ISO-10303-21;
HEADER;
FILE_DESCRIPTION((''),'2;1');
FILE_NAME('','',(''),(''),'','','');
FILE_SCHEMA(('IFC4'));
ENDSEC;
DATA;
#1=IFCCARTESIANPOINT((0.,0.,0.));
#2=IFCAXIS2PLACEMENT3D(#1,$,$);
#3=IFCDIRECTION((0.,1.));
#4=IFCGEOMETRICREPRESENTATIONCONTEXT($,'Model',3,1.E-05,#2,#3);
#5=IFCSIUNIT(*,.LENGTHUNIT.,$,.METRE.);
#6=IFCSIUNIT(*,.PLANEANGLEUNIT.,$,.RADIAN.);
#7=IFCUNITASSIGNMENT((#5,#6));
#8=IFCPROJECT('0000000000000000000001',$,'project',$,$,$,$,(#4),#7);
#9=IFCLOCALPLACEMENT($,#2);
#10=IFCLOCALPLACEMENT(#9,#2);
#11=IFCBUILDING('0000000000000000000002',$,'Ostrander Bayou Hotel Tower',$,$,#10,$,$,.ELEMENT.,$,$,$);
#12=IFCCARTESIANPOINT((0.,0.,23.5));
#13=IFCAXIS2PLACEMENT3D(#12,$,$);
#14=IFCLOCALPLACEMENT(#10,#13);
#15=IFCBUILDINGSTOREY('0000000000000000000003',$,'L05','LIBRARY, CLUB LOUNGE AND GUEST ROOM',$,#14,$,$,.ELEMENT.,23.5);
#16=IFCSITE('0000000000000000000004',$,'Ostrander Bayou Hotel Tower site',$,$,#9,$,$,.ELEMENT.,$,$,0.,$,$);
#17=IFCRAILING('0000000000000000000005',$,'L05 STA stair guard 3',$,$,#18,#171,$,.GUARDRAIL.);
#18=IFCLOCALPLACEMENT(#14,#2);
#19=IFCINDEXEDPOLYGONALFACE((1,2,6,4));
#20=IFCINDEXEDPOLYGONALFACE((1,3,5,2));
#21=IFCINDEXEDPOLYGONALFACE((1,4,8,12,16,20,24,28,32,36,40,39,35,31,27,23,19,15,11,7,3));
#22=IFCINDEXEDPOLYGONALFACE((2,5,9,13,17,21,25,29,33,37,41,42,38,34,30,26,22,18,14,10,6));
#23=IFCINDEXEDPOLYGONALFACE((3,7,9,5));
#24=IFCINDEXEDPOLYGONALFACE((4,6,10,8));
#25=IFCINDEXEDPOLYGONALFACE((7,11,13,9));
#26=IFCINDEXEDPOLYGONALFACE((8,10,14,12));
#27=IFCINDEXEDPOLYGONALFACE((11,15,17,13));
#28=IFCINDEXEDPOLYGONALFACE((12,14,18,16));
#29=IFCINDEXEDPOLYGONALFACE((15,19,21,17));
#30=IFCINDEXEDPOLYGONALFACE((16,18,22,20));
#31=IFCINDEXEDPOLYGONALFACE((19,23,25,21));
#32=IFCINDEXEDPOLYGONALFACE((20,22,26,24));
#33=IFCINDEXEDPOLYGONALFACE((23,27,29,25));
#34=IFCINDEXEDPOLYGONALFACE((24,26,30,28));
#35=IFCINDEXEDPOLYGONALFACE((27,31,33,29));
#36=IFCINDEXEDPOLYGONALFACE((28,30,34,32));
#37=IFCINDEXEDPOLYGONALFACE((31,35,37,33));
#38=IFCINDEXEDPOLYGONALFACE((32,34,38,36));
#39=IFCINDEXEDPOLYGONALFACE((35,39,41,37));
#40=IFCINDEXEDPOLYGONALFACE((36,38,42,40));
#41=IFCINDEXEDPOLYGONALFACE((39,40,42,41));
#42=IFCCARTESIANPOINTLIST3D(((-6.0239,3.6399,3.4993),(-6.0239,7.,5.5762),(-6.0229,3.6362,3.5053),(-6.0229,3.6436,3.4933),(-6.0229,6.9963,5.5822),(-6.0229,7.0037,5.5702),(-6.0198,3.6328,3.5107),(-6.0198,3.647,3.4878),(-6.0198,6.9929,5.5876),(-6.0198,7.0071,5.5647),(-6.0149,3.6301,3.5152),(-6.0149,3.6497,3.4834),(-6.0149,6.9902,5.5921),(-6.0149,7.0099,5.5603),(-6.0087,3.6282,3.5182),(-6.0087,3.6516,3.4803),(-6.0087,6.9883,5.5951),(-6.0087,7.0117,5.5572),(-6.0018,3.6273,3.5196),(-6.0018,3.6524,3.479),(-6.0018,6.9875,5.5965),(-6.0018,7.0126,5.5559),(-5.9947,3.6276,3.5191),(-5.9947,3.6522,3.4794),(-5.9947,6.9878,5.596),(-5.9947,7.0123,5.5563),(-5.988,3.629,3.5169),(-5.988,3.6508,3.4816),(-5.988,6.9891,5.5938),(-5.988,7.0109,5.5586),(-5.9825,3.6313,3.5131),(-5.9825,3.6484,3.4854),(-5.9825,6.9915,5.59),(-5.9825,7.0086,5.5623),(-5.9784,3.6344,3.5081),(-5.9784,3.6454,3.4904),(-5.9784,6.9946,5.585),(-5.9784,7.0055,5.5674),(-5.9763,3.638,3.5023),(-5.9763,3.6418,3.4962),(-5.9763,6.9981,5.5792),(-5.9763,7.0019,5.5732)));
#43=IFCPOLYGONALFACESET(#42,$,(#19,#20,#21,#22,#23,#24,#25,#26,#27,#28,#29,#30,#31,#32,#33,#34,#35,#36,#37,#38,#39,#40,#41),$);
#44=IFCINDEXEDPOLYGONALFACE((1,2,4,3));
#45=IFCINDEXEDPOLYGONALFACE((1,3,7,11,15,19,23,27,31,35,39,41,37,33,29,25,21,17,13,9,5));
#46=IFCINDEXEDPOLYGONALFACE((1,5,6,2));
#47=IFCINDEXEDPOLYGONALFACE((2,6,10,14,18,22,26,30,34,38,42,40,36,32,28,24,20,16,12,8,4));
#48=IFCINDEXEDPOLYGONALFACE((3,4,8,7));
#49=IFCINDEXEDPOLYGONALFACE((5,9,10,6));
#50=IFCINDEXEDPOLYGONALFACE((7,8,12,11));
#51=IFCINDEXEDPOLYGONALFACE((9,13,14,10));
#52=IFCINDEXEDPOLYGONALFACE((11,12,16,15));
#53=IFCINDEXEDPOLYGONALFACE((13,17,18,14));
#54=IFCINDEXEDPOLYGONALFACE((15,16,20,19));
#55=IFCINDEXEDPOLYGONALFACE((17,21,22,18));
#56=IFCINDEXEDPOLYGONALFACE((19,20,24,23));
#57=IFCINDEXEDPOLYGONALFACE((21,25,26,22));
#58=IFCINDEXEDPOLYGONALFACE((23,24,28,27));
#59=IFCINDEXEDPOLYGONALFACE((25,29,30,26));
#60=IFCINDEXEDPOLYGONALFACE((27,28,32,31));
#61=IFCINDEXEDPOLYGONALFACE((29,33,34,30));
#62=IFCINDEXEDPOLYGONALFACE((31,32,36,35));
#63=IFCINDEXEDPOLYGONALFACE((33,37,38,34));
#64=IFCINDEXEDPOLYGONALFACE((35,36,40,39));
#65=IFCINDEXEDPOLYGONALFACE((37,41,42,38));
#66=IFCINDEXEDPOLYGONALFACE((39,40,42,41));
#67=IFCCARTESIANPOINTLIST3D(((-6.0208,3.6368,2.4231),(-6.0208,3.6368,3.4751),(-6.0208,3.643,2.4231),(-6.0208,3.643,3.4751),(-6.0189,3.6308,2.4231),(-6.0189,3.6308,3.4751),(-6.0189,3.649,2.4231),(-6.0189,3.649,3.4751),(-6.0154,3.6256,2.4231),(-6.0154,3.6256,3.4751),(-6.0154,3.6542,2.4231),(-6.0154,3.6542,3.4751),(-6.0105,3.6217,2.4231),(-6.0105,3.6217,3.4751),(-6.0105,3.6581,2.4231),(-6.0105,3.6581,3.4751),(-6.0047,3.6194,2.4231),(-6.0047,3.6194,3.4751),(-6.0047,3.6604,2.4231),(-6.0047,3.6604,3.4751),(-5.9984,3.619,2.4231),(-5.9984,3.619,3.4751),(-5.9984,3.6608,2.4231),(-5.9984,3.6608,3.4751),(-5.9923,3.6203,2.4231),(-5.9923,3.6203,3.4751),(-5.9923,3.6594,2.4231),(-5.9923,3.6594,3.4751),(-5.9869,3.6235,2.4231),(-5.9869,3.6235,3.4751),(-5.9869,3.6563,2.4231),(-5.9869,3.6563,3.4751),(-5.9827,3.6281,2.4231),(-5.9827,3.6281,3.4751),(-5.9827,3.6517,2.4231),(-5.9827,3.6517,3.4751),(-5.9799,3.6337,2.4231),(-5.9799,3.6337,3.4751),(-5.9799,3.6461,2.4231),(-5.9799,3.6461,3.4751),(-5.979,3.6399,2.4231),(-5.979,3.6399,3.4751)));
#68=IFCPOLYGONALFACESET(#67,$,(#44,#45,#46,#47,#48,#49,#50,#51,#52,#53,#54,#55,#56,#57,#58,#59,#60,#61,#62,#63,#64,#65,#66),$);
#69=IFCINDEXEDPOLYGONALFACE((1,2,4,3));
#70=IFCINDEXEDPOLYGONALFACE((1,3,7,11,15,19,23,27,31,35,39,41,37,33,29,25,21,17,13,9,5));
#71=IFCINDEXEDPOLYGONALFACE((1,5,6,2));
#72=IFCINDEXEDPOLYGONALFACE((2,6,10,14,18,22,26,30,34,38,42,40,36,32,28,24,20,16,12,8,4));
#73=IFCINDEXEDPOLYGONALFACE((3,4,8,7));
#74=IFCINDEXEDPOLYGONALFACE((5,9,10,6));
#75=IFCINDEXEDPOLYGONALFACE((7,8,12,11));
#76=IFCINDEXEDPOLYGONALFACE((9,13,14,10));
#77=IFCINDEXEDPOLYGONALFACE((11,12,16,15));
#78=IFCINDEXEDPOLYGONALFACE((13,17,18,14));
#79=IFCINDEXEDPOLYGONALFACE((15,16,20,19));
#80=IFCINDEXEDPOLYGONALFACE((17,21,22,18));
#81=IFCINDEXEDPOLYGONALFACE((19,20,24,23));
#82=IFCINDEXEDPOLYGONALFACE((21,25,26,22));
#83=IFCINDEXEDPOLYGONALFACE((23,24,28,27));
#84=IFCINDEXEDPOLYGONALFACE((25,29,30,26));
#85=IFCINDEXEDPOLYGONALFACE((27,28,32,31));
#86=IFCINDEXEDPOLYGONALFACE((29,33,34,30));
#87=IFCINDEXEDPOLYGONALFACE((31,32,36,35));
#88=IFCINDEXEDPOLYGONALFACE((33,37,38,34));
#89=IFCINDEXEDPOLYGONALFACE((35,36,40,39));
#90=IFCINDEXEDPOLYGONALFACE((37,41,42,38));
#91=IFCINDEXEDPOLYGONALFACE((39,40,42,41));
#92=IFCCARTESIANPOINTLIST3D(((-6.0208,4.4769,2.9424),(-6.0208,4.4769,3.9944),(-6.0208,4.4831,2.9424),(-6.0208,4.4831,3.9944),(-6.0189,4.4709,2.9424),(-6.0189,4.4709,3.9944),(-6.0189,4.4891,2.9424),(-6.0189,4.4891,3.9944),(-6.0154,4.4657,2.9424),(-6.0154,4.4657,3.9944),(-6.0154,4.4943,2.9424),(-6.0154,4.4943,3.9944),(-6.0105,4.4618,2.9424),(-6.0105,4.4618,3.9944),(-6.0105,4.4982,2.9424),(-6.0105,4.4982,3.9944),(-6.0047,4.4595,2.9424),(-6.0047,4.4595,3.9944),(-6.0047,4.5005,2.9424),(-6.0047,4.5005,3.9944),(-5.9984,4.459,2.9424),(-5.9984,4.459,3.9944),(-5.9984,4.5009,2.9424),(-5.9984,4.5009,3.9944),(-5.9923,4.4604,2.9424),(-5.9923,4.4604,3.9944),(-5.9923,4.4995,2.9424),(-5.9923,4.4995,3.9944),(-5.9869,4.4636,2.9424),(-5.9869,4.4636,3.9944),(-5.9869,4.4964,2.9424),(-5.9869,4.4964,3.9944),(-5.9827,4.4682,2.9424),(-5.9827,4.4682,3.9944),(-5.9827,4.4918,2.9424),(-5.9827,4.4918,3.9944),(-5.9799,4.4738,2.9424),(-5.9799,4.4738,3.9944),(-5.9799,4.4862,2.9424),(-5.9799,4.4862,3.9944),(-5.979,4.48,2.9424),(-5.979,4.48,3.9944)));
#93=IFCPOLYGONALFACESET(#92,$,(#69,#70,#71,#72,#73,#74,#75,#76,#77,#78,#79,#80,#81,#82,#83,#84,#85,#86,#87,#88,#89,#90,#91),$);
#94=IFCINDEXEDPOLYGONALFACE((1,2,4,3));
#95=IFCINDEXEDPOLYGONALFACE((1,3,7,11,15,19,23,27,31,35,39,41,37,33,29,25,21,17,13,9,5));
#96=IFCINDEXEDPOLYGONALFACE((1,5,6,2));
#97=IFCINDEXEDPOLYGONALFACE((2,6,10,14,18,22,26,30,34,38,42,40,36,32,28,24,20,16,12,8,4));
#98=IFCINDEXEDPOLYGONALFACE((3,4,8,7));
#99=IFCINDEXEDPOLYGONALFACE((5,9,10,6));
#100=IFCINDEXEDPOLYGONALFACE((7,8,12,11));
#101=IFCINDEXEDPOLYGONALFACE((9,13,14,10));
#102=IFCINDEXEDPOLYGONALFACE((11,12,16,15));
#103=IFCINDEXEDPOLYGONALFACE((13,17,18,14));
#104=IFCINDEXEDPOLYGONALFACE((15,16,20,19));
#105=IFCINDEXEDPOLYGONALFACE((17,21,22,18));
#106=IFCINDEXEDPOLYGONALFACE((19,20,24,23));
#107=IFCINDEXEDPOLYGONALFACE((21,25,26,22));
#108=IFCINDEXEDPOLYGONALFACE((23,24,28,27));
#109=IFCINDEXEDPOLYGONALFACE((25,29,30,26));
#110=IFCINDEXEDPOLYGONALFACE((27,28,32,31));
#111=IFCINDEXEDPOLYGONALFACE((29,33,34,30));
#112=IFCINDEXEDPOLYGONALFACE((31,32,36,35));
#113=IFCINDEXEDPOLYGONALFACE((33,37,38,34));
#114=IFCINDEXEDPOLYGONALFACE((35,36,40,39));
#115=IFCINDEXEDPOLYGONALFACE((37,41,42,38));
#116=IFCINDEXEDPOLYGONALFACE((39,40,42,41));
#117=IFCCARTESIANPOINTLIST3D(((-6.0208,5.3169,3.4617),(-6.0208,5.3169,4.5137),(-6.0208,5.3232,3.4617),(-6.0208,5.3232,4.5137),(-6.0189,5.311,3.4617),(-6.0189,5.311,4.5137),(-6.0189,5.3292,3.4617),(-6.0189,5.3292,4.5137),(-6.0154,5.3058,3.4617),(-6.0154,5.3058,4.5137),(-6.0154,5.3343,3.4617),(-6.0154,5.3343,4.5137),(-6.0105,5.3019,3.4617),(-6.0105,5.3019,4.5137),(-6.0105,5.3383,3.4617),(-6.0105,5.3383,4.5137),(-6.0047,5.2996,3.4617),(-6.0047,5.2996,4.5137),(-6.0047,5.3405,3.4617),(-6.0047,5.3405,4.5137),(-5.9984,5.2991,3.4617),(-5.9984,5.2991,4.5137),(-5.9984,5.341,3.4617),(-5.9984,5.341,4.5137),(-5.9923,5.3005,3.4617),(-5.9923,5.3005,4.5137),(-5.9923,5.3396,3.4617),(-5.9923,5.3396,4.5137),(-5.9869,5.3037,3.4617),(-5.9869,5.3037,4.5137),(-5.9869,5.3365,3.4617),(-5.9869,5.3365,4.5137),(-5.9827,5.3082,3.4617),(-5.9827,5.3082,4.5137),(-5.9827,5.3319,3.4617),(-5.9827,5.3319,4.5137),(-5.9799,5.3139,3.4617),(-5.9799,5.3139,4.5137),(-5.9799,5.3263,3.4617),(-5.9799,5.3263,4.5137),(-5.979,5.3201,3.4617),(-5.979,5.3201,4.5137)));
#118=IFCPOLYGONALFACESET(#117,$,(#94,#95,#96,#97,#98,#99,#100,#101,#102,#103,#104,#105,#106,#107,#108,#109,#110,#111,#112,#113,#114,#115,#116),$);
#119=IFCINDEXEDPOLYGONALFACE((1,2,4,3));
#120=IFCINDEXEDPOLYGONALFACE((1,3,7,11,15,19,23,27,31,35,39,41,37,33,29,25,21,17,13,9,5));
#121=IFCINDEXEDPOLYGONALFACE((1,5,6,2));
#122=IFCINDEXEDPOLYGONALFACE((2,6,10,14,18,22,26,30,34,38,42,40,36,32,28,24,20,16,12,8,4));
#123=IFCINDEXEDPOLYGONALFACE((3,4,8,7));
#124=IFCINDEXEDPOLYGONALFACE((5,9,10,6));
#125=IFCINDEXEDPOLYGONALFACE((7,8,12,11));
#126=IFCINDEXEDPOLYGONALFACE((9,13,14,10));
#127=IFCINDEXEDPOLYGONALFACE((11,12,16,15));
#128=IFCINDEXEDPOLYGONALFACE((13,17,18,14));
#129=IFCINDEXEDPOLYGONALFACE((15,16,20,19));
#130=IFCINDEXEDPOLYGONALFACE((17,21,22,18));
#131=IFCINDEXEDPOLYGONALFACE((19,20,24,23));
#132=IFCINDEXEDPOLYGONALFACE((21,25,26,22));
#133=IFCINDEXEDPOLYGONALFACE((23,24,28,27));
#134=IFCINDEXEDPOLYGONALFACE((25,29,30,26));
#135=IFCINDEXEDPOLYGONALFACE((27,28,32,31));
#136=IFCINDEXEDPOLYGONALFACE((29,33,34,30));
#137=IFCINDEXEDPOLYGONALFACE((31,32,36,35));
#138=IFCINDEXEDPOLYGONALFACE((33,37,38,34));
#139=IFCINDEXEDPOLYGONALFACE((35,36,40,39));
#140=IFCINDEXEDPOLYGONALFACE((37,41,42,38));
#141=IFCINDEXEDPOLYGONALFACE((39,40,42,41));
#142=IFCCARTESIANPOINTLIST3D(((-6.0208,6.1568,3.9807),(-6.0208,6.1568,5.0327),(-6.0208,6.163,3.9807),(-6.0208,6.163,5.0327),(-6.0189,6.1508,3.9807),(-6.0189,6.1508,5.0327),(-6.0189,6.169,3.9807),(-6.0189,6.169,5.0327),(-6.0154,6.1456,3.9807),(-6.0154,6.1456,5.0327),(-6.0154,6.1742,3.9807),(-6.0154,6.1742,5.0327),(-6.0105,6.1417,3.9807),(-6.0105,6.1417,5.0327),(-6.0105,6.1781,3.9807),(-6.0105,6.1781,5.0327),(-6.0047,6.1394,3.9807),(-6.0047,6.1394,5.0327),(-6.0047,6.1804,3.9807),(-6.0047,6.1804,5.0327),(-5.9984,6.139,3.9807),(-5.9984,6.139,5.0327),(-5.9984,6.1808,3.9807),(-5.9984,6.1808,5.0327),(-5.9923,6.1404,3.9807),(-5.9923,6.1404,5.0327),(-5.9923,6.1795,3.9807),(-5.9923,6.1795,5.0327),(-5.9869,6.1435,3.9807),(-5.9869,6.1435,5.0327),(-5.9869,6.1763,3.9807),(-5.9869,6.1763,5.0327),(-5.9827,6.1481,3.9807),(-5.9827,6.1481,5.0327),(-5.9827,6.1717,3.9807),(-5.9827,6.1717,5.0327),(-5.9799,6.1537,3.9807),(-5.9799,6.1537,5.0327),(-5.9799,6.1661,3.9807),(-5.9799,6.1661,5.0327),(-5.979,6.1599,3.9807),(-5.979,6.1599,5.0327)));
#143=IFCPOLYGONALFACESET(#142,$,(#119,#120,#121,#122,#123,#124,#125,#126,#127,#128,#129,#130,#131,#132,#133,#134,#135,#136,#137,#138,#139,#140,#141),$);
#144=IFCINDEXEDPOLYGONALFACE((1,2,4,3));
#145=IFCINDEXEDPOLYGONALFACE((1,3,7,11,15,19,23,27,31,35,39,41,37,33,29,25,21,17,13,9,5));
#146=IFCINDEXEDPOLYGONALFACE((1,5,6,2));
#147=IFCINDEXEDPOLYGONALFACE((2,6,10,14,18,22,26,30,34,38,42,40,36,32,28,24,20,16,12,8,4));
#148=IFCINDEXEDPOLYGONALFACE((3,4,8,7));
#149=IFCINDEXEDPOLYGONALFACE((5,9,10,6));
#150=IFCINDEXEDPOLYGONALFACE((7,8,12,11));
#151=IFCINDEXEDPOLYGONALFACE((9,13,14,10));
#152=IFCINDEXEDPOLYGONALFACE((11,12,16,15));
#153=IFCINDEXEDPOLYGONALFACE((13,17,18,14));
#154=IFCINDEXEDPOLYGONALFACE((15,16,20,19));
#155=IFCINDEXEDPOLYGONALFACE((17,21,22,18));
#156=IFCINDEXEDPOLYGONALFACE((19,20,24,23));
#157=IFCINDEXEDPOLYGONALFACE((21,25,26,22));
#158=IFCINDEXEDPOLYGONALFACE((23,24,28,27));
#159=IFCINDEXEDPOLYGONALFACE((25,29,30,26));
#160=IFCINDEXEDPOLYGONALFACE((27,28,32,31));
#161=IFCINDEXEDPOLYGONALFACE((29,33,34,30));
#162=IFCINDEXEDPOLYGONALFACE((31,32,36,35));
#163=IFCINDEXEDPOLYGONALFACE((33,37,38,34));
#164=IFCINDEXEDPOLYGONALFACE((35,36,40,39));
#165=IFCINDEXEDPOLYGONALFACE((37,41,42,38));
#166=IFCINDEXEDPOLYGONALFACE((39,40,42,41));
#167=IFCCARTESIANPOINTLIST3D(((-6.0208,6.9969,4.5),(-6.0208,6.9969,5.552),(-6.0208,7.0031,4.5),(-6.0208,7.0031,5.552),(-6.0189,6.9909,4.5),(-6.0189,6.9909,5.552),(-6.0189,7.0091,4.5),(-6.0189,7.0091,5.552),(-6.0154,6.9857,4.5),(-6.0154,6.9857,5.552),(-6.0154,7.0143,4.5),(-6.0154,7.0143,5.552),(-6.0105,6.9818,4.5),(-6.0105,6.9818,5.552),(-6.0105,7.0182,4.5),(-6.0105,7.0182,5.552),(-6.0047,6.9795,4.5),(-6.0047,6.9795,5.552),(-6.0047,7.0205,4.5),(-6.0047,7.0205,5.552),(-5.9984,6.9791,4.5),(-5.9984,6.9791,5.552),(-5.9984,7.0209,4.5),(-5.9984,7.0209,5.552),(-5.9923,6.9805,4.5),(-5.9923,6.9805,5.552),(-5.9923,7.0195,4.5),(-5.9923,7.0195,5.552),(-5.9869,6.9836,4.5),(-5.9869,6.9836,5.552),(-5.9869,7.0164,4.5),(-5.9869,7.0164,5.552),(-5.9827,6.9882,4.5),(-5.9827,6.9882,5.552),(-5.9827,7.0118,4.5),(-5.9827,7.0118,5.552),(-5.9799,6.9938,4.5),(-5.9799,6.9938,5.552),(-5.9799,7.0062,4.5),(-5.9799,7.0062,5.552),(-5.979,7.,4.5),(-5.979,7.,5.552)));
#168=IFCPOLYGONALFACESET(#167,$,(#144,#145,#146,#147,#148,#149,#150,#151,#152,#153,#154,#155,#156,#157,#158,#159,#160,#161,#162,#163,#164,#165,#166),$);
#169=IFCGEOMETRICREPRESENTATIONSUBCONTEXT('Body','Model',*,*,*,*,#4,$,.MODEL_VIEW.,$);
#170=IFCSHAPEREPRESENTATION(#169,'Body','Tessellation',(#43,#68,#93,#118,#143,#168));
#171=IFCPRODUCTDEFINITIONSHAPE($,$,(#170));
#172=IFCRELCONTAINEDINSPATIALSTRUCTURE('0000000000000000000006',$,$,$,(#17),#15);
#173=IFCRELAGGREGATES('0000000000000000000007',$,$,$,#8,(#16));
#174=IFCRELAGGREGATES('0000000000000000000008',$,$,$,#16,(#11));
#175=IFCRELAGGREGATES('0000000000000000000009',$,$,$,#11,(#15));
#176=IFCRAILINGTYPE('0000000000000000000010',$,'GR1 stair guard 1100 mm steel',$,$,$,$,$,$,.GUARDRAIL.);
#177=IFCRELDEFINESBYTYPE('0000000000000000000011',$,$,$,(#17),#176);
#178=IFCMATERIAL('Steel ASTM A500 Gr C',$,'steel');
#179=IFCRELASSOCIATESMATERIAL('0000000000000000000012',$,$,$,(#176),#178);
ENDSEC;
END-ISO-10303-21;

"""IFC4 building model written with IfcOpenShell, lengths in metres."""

from ifc_helpers import new_model, si_unit, direction, frame, origin, origin_2d, place, context, subcontext, project, spatial, circle, extrude, material, type_object, element, save


model = new_model("IFC4")

# Units and contexts
model_context = context("Model", 3, precision=1e-05, world=origin(), true_north=direction((0.0, 1.0)))
body_context = subcontext(model_context, "Body", "Model", "MODEL_VIEW")
ifc_project = project(units=[si_unit("LENGTHUNIT", "METRE"), si_unit("PLANEANGLEUNIT", "RADIAN")], contexts=[model_context])

# Site, building, storey
site_placement = place(None, origin())
site = spatial("IfcSite", under=ifc_project, at=site_placement, Name="Ostrander Bayou Hotel Tower site", CompositionType="ELEMENT", RefElevation=0.0)
building_placement = place(site_placement, origin())
building = spatial("IfcBuilding", under=site, at=building_placement, Name="Ostrander Bayou Hotel Tower", CompositionType="ELEMENT")
storey_placement = place(building_placement, frame((0.0, 0.0, 23.5)))
storey = spatial("IfcBuildingStorey", under=building, at=storey_placement, Name="L05", Description="LIBRARY, CLUB LOUNGE AND GUEST ROOM", CompositionType="ELEMENT", Elevation=23.5)

# Railing
ifc_material_1 = material(Name="Steel ASTM A500 Gr C", Category="steel")
railing_type_1 = type_object("IfcRailingType", Name="GR1 stair guard 1100 mm steel", PredefinedType="GUARDRAIL", material=ifc_material_1)
railing_1_placement = place(storey_placement, frame((-6.0, 3.6399, 2.4231)))
element("IfcRailing", 1, at=railing_1_placement, inside=storey, type_object=railing_type_1, Name="L05 STA stair guard 3", PredefinedType="GUARDRAIL", context=body_context, shape_type="SweptSolid", body=[
    extrude(circle(Radius=0.0239, at=origin_2d()), frame((0.0, 0.0, 1.0762), z_axis=(0.0, 0.850623, 0.525776), x_axis=(-1.0, 0.0, 0.0)), (0.0, 0.0, 1.0), 3.9502),
    extrude(circle(Radius=0.021, at=origin_2d()), origin(), (0.0, 0.0, 1.0), 1.052),
    extrude(circle(Radius=0.021, at=origin_2d()), frame((0.0, 0.8401, 0.5193)), (0.0, 0.0, 1.0), 1.052),
    extrude(circle(Radius=0.021, at=origin_2d()), frame((0.0, 1.6802, 1.0386)), (0.0, 0.0, 1.0), 1.052),
    extrude(circle(Radius=0.021, at=origin_2d()), frame((0.0, 2.52, 1.5576)), (0.0, 0.0, 1.0), 1.052),
    extrude(circle(Radius=0.021, at=origin_2d()), frame((0.0, 3.3601, 2.0769)), (0.0, 0.0, 1.0), 1.052),
])

save(model, "model.ifc")
